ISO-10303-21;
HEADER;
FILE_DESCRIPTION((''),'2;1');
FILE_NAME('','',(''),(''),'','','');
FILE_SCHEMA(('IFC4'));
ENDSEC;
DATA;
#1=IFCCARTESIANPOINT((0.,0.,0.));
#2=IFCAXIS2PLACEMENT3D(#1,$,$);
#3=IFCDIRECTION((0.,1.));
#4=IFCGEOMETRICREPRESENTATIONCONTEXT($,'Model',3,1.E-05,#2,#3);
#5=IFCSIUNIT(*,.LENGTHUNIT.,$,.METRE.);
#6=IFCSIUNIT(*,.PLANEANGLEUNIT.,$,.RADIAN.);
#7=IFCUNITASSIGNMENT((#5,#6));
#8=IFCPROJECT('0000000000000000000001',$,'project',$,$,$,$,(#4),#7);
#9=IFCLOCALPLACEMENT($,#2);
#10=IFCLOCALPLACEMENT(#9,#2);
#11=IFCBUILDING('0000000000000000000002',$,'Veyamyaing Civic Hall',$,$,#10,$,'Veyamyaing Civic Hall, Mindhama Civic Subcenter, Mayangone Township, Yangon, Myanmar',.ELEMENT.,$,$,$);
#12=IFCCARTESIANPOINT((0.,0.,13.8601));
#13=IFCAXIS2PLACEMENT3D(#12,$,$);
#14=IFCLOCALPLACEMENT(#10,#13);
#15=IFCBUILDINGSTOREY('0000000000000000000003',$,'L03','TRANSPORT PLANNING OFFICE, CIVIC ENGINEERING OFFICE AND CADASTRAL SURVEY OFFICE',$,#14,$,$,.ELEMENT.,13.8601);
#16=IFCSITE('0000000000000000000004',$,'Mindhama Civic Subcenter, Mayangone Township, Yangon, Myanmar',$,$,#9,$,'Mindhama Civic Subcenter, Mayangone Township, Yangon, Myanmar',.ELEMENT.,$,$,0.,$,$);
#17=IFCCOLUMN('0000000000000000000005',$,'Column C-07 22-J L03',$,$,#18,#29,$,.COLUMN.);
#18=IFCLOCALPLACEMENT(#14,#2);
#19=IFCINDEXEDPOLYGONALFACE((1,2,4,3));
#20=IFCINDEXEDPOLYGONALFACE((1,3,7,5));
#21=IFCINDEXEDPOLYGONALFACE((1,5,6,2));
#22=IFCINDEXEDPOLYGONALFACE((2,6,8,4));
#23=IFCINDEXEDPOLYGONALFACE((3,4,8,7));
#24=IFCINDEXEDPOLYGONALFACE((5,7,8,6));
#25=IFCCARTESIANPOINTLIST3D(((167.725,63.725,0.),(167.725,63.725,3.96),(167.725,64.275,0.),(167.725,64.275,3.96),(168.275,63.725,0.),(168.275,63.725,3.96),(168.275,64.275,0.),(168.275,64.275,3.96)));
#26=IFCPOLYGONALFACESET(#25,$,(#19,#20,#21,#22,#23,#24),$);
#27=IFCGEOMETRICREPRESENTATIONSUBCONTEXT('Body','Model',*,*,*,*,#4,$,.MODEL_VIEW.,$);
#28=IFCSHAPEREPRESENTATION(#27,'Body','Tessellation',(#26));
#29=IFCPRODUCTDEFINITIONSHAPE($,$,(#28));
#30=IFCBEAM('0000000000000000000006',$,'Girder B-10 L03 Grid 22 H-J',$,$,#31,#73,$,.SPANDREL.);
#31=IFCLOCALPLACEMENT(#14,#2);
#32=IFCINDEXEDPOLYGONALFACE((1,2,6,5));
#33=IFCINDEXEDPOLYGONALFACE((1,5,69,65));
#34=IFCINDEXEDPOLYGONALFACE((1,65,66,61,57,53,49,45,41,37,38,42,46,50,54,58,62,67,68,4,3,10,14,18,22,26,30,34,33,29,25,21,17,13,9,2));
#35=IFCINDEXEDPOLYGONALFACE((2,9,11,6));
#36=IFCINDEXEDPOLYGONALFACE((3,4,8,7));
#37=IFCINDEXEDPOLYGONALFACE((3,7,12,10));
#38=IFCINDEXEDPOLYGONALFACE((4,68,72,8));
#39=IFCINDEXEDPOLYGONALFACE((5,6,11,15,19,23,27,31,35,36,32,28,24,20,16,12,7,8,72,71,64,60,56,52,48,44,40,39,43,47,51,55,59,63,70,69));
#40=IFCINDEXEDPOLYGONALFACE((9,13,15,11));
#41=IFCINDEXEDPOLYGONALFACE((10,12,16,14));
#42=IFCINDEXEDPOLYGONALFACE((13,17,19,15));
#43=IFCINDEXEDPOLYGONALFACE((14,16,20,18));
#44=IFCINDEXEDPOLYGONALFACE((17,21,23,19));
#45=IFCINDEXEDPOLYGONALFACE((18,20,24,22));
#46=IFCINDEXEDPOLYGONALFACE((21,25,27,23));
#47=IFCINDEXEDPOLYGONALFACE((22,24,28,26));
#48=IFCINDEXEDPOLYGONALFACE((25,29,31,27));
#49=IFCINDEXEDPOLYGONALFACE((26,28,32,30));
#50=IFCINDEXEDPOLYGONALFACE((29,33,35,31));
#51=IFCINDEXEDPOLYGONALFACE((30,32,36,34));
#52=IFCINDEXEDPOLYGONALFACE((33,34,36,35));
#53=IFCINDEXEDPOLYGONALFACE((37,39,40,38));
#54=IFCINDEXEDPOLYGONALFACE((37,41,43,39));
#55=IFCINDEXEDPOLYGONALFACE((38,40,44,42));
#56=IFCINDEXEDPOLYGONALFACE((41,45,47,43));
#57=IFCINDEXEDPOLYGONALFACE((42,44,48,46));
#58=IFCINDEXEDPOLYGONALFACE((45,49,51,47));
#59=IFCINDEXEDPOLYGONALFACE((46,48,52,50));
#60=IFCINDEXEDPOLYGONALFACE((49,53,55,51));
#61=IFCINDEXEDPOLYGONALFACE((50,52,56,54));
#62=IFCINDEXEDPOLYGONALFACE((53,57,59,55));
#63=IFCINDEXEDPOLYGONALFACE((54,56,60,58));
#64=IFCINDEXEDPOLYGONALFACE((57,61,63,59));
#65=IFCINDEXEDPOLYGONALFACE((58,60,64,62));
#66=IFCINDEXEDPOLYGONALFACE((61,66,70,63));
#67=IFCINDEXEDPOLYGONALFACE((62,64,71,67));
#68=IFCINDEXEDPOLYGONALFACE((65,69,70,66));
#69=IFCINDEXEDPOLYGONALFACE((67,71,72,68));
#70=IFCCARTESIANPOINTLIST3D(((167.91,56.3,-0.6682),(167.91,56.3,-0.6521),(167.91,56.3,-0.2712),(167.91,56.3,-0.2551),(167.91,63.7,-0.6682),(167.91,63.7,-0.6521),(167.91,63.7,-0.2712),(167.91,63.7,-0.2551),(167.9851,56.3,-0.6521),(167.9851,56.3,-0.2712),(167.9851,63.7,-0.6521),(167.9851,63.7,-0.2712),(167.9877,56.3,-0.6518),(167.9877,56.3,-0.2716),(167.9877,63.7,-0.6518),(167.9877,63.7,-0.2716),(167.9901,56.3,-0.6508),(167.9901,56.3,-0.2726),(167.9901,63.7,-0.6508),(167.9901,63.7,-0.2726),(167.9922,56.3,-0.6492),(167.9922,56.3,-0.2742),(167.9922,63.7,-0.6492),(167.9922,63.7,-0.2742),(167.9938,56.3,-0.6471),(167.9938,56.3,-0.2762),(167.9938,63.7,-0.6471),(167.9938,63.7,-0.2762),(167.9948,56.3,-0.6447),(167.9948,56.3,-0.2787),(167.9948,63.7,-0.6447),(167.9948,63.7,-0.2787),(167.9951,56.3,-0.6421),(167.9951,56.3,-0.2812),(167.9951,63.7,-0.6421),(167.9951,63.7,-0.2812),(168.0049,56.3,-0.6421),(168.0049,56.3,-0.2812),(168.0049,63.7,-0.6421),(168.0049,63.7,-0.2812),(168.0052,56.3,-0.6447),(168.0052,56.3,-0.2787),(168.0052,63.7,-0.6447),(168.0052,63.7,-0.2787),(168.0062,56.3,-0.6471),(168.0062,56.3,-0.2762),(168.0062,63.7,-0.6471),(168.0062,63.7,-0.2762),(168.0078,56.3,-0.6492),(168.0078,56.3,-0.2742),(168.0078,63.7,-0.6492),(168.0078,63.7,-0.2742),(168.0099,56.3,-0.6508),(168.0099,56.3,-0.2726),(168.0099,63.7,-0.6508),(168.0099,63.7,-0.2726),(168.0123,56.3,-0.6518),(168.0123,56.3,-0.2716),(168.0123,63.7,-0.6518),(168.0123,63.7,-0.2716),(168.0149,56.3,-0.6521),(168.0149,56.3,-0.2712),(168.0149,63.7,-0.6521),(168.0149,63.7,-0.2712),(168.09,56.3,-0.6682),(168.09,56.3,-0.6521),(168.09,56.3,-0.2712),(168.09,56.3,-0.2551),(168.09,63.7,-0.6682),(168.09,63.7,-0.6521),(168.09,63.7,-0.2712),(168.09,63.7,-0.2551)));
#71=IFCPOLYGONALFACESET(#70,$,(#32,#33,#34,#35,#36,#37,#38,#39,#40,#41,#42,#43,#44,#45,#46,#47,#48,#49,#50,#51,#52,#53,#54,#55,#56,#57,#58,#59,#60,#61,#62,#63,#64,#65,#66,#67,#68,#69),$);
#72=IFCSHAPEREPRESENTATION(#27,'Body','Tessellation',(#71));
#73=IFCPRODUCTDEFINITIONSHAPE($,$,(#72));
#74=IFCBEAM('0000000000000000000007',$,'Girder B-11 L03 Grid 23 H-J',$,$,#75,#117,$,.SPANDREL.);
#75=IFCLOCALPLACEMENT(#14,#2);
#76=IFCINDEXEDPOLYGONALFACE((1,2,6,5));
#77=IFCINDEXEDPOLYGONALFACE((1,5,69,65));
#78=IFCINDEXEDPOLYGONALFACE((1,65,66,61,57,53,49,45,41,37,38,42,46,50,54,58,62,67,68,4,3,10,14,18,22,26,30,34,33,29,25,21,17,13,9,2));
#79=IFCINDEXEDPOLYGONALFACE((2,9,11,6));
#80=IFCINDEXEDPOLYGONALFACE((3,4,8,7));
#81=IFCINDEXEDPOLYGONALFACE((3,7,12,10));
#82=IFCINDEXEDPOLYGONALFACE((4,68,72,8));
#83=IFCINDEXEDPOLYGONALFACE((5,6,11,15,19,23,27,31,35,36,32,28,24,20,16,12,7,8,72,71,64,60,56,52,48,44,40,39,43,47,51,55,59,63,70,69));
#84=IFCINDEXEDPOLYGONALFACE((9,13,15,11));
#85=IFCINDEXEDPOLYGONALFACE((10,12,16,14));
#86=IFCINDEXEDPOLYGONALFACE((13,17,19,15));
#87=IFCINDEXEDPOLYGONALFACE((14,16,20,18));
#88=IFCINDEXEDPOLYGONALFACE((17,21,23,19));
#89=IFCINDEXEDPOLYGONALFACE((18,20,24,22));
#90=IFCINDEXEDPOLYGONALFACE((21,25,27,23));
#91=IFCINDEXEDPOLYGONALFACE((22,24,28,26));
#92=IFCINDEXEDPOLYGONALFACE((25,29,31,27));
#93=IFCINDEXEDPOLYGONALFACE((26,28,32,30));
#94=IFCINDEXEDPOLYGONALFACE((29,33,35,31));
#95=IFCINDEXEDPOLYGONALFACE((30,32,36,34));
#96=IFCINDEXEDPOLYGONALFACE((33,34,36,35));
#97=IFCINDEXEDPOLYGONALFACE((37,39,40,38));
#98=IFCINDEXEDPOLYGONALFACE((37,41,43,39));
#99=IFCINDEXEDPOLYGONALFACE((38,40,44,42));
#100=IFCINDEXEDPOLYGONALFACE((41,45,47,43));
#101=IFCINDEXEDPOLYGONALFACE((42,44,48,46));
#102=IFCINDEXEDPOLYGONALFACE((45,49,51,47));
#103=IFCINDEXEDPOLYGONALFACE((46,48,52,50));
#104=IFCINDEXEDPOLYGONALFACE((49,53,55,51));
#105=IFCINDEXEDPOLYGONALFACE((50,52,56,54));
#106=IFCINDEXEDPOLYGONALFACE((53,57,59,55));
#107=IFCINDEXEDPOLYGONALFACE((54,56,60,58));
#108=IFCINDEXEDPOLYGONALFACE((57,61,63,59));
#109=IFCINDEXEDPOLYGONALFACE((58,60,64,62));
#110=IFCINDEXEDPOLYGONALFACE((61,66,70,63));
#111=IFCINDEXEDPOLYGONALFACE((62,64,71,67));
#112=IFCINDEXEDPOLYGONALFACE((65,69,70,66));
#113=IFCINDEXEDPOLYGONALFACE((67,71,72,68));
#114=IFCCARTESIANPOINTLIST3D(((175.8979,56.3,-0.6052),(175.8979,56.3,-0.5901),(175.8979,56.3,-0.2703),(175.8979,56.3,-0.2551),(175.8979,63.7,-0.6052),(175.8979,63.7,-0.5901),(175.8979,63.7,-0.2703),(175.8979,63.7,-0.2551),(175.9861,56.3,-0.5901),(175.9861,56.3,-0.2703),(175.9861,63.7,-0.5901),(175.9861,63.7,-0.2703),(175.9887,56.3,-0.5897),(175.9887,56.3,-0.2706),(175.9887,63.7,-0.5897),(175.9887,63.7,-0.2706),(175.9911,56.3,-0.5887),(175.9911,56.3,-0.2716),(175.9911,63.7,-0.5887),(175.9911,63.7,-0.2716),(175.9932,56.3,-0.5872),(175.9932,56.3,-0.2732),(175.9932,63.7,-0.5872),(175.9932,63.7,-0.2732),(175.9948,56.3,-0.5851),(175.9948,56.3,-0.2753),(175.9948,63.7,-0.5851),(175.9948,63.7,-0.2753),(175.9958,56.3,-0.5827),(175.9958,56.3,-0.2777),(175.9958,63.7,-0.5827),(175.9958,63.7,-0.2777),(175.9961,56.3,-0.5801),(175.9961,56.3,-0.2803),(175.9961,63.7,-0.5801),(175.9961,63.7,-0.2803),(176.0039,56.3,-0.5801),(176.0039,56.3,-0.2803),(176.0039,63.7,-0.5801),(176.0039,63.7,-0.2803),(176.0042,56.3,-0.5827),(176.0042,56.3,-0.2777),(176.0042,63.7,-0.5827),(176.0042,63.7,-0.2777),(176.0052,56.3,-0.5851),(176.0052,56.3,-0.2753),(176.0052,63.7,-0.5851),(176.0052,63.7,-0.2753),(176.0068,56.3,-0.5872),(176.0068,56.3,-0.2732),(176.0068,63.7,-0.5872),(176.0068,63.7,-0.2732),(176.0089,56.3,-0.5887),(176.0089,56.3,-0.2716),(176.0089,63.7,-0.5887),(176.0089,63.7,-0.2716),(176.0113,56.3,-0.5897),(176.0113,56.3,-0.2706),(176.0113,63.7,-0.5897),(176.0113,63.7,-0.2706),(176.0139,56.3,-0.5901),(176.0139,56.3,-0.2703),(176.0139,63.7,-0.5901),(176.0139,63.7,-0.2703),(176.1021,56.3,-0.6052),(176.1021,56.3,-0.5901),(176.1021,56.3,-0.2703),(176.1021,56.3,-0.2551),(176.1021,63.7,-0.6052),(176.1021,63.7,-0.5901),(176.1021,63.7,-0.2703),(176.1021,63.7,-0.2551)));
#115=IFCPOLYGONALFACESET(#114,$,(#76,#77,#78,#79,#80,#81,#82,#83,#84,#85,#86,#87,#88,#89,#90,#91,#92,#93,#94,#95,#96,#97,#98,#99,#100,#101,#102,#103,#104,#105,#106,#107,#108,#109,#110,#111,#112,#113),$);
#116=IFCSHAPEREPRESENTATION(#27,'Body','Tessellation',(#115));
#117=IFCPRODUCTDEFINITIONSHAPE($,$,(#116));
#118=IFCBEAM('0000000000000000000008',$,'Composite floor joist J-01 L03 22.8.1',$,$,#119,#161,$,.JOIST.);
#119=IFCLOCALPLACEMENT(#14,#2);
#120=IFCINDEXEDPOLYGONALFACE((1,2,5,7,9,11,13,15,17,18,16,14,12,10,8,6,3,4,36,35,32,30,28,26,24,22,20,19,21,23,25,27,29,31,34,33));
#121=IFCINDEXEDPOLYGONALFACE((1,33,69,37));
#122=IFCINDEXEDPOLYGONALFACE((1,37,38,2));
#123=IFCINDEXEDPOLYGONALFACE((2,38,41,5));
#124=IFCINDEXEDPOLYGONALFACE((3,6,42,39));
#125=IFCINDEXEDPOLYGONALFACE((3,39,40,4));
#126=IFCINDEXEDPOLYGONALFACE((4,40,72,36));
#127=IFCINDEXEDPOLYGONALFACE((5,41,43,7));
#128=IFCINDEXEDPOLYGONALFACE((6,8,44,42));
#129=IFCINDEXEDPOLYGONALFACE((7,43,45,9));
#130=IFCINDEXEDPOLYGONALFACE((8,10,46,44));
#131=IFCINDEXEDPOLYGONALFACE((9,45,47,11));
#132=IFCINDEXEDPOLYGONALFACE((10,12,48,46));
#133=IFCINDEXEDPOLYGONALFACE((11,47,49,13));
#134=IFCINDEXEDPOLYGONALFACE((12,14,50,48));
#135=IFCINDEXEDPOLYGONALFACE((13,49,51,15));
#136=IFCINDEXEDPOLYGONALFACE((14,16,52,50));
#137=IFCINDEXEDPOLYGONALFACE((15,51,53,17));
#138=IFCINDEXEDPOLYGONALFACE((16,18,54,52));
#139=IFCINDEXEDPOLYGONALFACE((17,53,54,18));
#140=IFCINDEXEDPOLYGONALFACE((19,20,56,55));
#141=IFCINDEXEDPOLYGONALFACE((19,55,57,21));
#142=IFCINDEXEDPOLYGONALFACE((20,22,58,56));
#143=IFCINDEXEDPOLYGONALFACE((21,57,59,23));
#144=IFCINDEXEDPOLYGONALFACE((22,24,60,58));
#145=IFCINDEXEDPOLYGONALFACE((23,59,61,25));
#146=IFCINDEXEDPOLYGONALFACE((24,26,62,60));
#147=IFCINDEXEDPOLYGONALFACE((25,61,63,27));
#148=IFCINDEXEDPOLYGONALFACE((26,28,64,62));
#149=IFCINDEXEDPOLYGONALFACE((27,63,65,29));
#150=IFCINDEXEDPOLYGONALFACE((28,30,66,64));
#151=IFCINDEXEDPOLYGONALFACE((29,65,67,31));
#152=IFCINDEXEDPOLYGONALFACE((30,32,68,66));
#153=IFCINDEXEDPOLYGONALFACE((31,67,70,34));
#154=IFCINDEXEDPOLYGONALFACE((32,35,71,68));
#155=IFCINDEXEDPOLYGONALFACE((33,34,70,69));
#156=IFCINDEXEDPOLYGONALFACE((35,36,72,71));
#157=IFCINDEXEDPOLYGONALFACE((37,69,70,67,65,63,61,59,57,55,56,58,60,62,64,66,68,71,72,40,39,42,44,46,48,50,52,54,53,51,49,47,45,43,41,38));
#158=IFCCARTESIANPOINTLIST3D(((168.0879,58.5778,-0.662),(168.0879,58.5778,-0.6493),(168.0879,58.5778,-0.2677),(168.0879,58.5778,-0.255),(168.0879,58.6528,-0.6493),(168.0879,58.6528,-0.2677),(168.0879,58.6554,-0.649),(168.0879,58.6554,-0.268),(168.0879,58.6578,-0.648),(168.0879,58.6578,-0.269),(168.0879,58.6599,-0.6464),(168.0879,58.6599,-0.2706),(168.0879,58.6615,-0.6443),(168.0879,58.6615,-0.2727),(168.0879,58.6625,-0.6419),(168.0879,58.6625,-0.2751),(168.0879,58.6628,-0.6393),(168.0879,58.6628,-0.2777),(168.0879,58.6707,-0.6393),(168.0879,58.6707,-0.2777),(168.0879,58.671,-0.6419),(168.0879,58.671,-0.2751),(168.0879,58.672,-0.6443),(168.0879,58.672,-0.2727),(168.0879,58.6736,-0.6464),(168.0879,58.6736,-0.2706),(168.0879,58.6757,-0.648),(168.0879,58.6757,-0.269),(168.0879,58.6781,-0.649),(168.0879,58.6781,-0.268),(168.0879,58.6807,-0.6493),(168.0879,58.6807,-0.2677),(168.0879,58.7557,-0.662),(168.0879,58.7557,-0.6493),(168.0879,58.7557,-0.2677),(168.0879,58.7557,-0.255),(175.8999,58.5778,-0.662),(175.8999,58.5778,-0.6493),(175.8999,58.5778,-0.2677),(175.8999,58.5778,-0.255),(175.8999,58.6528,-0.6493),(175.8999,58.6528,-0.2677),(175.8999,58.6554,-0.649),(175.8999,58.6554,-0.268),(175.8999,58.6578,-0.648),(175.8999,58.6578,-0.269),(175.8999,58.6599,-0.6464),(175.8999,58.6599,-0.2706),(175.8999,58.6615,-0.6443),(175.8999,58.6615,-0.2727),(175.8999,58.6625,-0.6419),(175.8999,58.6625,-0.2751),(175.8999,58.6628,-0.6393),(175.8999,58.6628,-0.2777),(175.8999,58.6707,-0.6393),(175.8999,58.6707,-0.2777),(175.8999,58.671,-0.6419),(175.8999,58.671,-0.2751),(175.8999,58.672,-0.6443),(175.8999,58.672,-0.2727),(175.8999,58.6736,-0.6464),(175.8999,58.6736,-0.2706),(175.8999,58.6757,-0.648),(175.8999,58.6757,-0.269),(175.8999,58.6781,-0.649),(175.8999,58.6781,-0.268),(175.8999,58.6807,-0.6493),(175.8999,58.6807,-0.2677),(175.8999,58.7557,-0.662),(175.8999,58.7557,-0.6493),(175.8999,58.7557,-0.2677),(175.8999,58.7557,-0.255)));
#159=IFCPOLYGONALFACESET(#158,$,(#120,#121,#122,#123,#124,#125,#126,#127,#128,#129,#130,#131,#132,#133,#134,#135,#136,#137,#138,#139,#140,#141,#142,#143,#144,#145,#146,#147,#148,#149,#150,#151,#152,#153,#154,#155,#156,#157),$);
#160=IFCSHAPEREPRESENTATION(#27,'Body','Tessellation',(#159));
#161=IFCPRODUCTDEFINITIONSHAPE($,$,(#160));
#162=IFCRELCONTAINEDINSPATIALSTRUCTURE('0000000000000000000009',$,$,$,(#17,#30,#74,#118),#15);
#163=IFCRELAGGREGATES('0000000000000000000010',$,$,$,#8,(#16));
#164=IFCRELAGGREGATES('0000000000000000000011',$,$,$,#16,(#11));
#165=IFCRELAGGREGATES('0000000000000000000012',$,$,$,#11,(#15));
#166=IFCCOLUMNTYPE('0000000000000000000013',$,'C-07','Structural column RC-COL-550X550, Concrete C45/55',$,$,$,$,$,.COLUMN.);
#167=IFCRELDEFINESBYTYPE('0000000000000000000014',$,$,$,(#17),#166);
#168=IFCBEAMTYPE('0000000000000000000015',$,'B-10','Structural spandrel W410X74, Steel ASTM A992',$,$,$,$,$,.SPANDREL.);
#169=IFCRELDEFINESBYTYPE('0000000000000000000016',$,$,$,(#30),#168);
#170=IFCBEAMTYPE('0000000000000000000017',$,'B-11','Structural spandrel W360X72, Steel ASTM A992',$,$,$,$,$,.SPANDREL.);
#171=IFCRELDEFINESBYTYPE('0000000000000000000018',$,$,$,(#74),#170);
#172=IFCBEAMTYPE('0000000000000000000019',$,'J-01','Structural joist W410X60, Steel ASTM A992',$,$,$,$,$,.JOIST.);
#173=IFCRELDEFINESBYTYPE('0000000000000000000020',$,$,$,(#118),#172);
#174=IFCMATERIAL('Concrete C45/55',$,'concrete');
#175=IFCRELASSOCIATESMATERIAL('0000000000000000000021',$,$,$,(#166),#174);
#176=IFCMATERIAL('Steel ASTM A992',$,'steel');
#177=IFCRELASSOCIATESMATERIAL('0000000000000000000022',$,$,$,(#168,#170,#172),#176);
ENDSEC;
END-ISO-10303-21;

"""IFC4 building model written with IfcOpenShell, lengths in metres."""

from ifc_helpers import new_model, si_unit, direction, frame, origin, origin_2d, place, context, subcontext, project, spatial, rectangle, i_section, extrude, material, material_profile, profile_set, type_object, element, save


model = new_model("IFC4")

# Units and contexts
model_context = context("Model", 3, precision=1e-05, world=origin(), true_north=direction((0.0, 1.0)))
body_context = subcontext(model_context, "Body", "Model", "MODEL_VIEW")
ifc_project = project(units=[si_unit("LENGTHUNIT", "METRE"), si_unit("PLANEANGLEUNIT", "RADIAN")], contexts=[model_context])

# Site, building, storey
site_placement = place(None, origin())
site = spatial("IfcSite", under=ifc_project, at=site_placement, Name="Mindhama Civic Subcenter, Mayangone Township, Yangon, Myanmar", LongName="Mindhama Civic Subcenter, Mayangone Township, Yangon, Myanmar", CompositionType="ELEMENT", RefElevation=0.0)
building_placement = place(site_placement, origin())
building = spatial("IfcBuilding", under=site, at=building_placement, Name="Veyamyaing Civic Hall", LongName="Veyamyaing Civic Hall, Mindhama Civic Subcenter, Mayangone Township, Yangon, Myanmar", CompositionType="ELEMENT")
storey_placement = place(building_placement, frame((0.0, 0.0, 13.8601)))
storey = spatial("IfcBuildingStorey", under=building, at=storey_placement, Name="L03", Description="TRANSPORT PLANNING OFFICE, CIVIC ENGINEERING OFFICE AND CADASTRAL SURVEY OFFICE", CompositionType="ELEMENT", Elevation=13.8601)

# Column
ifc_material_1 = material(Name="Concrete C45/55", Category="concrete")
ifc_material_profile_1 = material_profile(ifc_material_1, rectangle(XDim=0.55, YDim=0.55, at=origin_2d()), Name="RC-COL-550X550")
ifc_profile_set_1 = profile_set([ifc_material_profile_1], Name="Concrete C45/55")
column_type = type_object("IfcColumnType", Name="C-07", Description="Structural column RC-COL-550X550, Concrete C45/55", PredefinedType="COLUMN", material=ifc_profile_set_1)
column_placement = place(storey_placement, frame((168.0, 64.0, 0.0), z_axis=(0.0, 0.0, 1.0), x_axis=(1.0, 0.0, 0.0)))
element("IfcColumn", 1, at=column_placement, inside=storey, type_object=column_type, Name="Column C-07 22-J L03", PredefinedType="COLUMN", context=body_context, shape_type="SweptSolid", body=[
    extrude(rectangle(XDim=0.55, YDim=0.55, at=origin_2d()), origin(), (0.0, 0.0, 1.0), 3.96),
])

# Beams
ifc_material_2 = material(Name="Steel ASTM A992", Category="steel")
ifc_material_profile_2 = material_profile(ifc_material_2, i_section(OverallWidth=0.1799, OverallDepth=0.4131, WebThickness=0.0098, FlangeThickness=0.0161, FilletRadius=0.01, at=origin_2d()), Name="W410X74")
ifc_profile_set_2 = profile_set([ifc_material_profile_2], Name="Steel ASTM A992")
beam_type_1 = type_object("IfcBeamType", Name="B-10", Description="Structural spandrel W410X74, Steel ASTM A992", PredefinedType="SPANDREL", material=ifc_profile_set_2)
beam_1_placement = place(storey_placement, frame((168.0, 56.3, -0.4617), z_axis=(0.0, 1.0, 0.0), x_axis=(-1.0, 0.0, 0.0)))
element("IfcBeam", 2, at=beam_1_placement, inside=storey, type_object=beam_type_1, Name="Girder B-10 L03 Grid 22 H-J", PredefinedType="SPANDREL", context=body_context, shape_type="SweptSolid", body=[
    extrude(i_section(OverallWidth=0.1799, OverallDepth=0.4131, WebThickness=0.0098, FlangeThickness=0.0161, FilletRadius=0.01, at=origin_2d()), origin(), (0.0, 0.0, 1.0), 7.3999),
])
ifc_material_profile_3 = material_profile(ifc_material_2, i_section(OverallWidth=0.2041, OverallDepth=0.3501, WebThickness=0.0078, FlangeThickness=0.0151, FilletRadius=0.01, at=origin_2d()), Name="W360X72")
ifc_profile_set_3 = profile_set([ifc_material_profile_3], Name="Steel ASTM A992")
beam_type_2 = type_object("IfcBeamType", Name="B-11", Description="Structural spandrel W360X72, Steel ASTM A992", PredefinedType="SPANDREL", material=ifc_profile_set_3)
beam_2_placement = place(storey_placement, frame((176.0, 56.3, -0.4302), z_axis=(0.0, 1.0, 0.0), x_axis=(-1.0, 0.0, 0.0)))
element("IfcBeam", 3, at=beam_2_placement, inside=storey, type_object=beam_type_2, Name="Girder B-11 L03 Grid 23 H-J", PredefinedType="SPANDREL", context=body_context, shape_type="SweptSolid", body=[
    extrude(i_section(OverallWidth=0.2041, OverallDepth=0.3501, WebThickness=0.0078, FlangeThickness=0.0151, FilletRadius=0.01, at=origin_2d()), origin(), (0.0, 0.0, 1.0), 7.3999),
])
ifc_material_profile_4 = material_profile(ifc_material_2, i_section(OverallWidth=0.178, OverallDepth=0.407, WebThickness=0.0078, FlangeThickness=0.0127, FilletRadius=0.01, at=origin_2d()), Name="W410X60")
ifc_profile_set_4 = profile_set([ifc_material_profile_4], Name="Steel ASTM A992")
beam_type_3 = type_object("IfcBeamType", Name="J-01", Description="Structural joist W410X60, Steel ASTM A992", PredefinedType="JOIST", material=ifc_profile_set_4)
for number, where, z_axis, x_axis, name in (
    (4, (168.0879, 58.6667, -0.4585), (1.0, 0.0, 0.0), (0.0, 1.0, 0.0), "Composite floor joist J-01 L03 22.8.1"),
):
    element("IfcBeam", number, at=place(storey_placement, frame(where, z_axis=z_axis, x_axis=x_axis)), inside=storey, type_object=beam_type_3, Name=name, PredefinedType="JOIST", context=body_context, shape_type="SweptSolid", body=[
        extrude(i_section(OverallWidth=0.178, OverallDepth=0.407, WebThickness=0.0078, FlangeThickness=0.0127, FilletRadius=0.01, at=origin_2d()), origin(), (0.0, 0.0, 1.0), 7.812),
    ])

save(model, "model.ifc")
